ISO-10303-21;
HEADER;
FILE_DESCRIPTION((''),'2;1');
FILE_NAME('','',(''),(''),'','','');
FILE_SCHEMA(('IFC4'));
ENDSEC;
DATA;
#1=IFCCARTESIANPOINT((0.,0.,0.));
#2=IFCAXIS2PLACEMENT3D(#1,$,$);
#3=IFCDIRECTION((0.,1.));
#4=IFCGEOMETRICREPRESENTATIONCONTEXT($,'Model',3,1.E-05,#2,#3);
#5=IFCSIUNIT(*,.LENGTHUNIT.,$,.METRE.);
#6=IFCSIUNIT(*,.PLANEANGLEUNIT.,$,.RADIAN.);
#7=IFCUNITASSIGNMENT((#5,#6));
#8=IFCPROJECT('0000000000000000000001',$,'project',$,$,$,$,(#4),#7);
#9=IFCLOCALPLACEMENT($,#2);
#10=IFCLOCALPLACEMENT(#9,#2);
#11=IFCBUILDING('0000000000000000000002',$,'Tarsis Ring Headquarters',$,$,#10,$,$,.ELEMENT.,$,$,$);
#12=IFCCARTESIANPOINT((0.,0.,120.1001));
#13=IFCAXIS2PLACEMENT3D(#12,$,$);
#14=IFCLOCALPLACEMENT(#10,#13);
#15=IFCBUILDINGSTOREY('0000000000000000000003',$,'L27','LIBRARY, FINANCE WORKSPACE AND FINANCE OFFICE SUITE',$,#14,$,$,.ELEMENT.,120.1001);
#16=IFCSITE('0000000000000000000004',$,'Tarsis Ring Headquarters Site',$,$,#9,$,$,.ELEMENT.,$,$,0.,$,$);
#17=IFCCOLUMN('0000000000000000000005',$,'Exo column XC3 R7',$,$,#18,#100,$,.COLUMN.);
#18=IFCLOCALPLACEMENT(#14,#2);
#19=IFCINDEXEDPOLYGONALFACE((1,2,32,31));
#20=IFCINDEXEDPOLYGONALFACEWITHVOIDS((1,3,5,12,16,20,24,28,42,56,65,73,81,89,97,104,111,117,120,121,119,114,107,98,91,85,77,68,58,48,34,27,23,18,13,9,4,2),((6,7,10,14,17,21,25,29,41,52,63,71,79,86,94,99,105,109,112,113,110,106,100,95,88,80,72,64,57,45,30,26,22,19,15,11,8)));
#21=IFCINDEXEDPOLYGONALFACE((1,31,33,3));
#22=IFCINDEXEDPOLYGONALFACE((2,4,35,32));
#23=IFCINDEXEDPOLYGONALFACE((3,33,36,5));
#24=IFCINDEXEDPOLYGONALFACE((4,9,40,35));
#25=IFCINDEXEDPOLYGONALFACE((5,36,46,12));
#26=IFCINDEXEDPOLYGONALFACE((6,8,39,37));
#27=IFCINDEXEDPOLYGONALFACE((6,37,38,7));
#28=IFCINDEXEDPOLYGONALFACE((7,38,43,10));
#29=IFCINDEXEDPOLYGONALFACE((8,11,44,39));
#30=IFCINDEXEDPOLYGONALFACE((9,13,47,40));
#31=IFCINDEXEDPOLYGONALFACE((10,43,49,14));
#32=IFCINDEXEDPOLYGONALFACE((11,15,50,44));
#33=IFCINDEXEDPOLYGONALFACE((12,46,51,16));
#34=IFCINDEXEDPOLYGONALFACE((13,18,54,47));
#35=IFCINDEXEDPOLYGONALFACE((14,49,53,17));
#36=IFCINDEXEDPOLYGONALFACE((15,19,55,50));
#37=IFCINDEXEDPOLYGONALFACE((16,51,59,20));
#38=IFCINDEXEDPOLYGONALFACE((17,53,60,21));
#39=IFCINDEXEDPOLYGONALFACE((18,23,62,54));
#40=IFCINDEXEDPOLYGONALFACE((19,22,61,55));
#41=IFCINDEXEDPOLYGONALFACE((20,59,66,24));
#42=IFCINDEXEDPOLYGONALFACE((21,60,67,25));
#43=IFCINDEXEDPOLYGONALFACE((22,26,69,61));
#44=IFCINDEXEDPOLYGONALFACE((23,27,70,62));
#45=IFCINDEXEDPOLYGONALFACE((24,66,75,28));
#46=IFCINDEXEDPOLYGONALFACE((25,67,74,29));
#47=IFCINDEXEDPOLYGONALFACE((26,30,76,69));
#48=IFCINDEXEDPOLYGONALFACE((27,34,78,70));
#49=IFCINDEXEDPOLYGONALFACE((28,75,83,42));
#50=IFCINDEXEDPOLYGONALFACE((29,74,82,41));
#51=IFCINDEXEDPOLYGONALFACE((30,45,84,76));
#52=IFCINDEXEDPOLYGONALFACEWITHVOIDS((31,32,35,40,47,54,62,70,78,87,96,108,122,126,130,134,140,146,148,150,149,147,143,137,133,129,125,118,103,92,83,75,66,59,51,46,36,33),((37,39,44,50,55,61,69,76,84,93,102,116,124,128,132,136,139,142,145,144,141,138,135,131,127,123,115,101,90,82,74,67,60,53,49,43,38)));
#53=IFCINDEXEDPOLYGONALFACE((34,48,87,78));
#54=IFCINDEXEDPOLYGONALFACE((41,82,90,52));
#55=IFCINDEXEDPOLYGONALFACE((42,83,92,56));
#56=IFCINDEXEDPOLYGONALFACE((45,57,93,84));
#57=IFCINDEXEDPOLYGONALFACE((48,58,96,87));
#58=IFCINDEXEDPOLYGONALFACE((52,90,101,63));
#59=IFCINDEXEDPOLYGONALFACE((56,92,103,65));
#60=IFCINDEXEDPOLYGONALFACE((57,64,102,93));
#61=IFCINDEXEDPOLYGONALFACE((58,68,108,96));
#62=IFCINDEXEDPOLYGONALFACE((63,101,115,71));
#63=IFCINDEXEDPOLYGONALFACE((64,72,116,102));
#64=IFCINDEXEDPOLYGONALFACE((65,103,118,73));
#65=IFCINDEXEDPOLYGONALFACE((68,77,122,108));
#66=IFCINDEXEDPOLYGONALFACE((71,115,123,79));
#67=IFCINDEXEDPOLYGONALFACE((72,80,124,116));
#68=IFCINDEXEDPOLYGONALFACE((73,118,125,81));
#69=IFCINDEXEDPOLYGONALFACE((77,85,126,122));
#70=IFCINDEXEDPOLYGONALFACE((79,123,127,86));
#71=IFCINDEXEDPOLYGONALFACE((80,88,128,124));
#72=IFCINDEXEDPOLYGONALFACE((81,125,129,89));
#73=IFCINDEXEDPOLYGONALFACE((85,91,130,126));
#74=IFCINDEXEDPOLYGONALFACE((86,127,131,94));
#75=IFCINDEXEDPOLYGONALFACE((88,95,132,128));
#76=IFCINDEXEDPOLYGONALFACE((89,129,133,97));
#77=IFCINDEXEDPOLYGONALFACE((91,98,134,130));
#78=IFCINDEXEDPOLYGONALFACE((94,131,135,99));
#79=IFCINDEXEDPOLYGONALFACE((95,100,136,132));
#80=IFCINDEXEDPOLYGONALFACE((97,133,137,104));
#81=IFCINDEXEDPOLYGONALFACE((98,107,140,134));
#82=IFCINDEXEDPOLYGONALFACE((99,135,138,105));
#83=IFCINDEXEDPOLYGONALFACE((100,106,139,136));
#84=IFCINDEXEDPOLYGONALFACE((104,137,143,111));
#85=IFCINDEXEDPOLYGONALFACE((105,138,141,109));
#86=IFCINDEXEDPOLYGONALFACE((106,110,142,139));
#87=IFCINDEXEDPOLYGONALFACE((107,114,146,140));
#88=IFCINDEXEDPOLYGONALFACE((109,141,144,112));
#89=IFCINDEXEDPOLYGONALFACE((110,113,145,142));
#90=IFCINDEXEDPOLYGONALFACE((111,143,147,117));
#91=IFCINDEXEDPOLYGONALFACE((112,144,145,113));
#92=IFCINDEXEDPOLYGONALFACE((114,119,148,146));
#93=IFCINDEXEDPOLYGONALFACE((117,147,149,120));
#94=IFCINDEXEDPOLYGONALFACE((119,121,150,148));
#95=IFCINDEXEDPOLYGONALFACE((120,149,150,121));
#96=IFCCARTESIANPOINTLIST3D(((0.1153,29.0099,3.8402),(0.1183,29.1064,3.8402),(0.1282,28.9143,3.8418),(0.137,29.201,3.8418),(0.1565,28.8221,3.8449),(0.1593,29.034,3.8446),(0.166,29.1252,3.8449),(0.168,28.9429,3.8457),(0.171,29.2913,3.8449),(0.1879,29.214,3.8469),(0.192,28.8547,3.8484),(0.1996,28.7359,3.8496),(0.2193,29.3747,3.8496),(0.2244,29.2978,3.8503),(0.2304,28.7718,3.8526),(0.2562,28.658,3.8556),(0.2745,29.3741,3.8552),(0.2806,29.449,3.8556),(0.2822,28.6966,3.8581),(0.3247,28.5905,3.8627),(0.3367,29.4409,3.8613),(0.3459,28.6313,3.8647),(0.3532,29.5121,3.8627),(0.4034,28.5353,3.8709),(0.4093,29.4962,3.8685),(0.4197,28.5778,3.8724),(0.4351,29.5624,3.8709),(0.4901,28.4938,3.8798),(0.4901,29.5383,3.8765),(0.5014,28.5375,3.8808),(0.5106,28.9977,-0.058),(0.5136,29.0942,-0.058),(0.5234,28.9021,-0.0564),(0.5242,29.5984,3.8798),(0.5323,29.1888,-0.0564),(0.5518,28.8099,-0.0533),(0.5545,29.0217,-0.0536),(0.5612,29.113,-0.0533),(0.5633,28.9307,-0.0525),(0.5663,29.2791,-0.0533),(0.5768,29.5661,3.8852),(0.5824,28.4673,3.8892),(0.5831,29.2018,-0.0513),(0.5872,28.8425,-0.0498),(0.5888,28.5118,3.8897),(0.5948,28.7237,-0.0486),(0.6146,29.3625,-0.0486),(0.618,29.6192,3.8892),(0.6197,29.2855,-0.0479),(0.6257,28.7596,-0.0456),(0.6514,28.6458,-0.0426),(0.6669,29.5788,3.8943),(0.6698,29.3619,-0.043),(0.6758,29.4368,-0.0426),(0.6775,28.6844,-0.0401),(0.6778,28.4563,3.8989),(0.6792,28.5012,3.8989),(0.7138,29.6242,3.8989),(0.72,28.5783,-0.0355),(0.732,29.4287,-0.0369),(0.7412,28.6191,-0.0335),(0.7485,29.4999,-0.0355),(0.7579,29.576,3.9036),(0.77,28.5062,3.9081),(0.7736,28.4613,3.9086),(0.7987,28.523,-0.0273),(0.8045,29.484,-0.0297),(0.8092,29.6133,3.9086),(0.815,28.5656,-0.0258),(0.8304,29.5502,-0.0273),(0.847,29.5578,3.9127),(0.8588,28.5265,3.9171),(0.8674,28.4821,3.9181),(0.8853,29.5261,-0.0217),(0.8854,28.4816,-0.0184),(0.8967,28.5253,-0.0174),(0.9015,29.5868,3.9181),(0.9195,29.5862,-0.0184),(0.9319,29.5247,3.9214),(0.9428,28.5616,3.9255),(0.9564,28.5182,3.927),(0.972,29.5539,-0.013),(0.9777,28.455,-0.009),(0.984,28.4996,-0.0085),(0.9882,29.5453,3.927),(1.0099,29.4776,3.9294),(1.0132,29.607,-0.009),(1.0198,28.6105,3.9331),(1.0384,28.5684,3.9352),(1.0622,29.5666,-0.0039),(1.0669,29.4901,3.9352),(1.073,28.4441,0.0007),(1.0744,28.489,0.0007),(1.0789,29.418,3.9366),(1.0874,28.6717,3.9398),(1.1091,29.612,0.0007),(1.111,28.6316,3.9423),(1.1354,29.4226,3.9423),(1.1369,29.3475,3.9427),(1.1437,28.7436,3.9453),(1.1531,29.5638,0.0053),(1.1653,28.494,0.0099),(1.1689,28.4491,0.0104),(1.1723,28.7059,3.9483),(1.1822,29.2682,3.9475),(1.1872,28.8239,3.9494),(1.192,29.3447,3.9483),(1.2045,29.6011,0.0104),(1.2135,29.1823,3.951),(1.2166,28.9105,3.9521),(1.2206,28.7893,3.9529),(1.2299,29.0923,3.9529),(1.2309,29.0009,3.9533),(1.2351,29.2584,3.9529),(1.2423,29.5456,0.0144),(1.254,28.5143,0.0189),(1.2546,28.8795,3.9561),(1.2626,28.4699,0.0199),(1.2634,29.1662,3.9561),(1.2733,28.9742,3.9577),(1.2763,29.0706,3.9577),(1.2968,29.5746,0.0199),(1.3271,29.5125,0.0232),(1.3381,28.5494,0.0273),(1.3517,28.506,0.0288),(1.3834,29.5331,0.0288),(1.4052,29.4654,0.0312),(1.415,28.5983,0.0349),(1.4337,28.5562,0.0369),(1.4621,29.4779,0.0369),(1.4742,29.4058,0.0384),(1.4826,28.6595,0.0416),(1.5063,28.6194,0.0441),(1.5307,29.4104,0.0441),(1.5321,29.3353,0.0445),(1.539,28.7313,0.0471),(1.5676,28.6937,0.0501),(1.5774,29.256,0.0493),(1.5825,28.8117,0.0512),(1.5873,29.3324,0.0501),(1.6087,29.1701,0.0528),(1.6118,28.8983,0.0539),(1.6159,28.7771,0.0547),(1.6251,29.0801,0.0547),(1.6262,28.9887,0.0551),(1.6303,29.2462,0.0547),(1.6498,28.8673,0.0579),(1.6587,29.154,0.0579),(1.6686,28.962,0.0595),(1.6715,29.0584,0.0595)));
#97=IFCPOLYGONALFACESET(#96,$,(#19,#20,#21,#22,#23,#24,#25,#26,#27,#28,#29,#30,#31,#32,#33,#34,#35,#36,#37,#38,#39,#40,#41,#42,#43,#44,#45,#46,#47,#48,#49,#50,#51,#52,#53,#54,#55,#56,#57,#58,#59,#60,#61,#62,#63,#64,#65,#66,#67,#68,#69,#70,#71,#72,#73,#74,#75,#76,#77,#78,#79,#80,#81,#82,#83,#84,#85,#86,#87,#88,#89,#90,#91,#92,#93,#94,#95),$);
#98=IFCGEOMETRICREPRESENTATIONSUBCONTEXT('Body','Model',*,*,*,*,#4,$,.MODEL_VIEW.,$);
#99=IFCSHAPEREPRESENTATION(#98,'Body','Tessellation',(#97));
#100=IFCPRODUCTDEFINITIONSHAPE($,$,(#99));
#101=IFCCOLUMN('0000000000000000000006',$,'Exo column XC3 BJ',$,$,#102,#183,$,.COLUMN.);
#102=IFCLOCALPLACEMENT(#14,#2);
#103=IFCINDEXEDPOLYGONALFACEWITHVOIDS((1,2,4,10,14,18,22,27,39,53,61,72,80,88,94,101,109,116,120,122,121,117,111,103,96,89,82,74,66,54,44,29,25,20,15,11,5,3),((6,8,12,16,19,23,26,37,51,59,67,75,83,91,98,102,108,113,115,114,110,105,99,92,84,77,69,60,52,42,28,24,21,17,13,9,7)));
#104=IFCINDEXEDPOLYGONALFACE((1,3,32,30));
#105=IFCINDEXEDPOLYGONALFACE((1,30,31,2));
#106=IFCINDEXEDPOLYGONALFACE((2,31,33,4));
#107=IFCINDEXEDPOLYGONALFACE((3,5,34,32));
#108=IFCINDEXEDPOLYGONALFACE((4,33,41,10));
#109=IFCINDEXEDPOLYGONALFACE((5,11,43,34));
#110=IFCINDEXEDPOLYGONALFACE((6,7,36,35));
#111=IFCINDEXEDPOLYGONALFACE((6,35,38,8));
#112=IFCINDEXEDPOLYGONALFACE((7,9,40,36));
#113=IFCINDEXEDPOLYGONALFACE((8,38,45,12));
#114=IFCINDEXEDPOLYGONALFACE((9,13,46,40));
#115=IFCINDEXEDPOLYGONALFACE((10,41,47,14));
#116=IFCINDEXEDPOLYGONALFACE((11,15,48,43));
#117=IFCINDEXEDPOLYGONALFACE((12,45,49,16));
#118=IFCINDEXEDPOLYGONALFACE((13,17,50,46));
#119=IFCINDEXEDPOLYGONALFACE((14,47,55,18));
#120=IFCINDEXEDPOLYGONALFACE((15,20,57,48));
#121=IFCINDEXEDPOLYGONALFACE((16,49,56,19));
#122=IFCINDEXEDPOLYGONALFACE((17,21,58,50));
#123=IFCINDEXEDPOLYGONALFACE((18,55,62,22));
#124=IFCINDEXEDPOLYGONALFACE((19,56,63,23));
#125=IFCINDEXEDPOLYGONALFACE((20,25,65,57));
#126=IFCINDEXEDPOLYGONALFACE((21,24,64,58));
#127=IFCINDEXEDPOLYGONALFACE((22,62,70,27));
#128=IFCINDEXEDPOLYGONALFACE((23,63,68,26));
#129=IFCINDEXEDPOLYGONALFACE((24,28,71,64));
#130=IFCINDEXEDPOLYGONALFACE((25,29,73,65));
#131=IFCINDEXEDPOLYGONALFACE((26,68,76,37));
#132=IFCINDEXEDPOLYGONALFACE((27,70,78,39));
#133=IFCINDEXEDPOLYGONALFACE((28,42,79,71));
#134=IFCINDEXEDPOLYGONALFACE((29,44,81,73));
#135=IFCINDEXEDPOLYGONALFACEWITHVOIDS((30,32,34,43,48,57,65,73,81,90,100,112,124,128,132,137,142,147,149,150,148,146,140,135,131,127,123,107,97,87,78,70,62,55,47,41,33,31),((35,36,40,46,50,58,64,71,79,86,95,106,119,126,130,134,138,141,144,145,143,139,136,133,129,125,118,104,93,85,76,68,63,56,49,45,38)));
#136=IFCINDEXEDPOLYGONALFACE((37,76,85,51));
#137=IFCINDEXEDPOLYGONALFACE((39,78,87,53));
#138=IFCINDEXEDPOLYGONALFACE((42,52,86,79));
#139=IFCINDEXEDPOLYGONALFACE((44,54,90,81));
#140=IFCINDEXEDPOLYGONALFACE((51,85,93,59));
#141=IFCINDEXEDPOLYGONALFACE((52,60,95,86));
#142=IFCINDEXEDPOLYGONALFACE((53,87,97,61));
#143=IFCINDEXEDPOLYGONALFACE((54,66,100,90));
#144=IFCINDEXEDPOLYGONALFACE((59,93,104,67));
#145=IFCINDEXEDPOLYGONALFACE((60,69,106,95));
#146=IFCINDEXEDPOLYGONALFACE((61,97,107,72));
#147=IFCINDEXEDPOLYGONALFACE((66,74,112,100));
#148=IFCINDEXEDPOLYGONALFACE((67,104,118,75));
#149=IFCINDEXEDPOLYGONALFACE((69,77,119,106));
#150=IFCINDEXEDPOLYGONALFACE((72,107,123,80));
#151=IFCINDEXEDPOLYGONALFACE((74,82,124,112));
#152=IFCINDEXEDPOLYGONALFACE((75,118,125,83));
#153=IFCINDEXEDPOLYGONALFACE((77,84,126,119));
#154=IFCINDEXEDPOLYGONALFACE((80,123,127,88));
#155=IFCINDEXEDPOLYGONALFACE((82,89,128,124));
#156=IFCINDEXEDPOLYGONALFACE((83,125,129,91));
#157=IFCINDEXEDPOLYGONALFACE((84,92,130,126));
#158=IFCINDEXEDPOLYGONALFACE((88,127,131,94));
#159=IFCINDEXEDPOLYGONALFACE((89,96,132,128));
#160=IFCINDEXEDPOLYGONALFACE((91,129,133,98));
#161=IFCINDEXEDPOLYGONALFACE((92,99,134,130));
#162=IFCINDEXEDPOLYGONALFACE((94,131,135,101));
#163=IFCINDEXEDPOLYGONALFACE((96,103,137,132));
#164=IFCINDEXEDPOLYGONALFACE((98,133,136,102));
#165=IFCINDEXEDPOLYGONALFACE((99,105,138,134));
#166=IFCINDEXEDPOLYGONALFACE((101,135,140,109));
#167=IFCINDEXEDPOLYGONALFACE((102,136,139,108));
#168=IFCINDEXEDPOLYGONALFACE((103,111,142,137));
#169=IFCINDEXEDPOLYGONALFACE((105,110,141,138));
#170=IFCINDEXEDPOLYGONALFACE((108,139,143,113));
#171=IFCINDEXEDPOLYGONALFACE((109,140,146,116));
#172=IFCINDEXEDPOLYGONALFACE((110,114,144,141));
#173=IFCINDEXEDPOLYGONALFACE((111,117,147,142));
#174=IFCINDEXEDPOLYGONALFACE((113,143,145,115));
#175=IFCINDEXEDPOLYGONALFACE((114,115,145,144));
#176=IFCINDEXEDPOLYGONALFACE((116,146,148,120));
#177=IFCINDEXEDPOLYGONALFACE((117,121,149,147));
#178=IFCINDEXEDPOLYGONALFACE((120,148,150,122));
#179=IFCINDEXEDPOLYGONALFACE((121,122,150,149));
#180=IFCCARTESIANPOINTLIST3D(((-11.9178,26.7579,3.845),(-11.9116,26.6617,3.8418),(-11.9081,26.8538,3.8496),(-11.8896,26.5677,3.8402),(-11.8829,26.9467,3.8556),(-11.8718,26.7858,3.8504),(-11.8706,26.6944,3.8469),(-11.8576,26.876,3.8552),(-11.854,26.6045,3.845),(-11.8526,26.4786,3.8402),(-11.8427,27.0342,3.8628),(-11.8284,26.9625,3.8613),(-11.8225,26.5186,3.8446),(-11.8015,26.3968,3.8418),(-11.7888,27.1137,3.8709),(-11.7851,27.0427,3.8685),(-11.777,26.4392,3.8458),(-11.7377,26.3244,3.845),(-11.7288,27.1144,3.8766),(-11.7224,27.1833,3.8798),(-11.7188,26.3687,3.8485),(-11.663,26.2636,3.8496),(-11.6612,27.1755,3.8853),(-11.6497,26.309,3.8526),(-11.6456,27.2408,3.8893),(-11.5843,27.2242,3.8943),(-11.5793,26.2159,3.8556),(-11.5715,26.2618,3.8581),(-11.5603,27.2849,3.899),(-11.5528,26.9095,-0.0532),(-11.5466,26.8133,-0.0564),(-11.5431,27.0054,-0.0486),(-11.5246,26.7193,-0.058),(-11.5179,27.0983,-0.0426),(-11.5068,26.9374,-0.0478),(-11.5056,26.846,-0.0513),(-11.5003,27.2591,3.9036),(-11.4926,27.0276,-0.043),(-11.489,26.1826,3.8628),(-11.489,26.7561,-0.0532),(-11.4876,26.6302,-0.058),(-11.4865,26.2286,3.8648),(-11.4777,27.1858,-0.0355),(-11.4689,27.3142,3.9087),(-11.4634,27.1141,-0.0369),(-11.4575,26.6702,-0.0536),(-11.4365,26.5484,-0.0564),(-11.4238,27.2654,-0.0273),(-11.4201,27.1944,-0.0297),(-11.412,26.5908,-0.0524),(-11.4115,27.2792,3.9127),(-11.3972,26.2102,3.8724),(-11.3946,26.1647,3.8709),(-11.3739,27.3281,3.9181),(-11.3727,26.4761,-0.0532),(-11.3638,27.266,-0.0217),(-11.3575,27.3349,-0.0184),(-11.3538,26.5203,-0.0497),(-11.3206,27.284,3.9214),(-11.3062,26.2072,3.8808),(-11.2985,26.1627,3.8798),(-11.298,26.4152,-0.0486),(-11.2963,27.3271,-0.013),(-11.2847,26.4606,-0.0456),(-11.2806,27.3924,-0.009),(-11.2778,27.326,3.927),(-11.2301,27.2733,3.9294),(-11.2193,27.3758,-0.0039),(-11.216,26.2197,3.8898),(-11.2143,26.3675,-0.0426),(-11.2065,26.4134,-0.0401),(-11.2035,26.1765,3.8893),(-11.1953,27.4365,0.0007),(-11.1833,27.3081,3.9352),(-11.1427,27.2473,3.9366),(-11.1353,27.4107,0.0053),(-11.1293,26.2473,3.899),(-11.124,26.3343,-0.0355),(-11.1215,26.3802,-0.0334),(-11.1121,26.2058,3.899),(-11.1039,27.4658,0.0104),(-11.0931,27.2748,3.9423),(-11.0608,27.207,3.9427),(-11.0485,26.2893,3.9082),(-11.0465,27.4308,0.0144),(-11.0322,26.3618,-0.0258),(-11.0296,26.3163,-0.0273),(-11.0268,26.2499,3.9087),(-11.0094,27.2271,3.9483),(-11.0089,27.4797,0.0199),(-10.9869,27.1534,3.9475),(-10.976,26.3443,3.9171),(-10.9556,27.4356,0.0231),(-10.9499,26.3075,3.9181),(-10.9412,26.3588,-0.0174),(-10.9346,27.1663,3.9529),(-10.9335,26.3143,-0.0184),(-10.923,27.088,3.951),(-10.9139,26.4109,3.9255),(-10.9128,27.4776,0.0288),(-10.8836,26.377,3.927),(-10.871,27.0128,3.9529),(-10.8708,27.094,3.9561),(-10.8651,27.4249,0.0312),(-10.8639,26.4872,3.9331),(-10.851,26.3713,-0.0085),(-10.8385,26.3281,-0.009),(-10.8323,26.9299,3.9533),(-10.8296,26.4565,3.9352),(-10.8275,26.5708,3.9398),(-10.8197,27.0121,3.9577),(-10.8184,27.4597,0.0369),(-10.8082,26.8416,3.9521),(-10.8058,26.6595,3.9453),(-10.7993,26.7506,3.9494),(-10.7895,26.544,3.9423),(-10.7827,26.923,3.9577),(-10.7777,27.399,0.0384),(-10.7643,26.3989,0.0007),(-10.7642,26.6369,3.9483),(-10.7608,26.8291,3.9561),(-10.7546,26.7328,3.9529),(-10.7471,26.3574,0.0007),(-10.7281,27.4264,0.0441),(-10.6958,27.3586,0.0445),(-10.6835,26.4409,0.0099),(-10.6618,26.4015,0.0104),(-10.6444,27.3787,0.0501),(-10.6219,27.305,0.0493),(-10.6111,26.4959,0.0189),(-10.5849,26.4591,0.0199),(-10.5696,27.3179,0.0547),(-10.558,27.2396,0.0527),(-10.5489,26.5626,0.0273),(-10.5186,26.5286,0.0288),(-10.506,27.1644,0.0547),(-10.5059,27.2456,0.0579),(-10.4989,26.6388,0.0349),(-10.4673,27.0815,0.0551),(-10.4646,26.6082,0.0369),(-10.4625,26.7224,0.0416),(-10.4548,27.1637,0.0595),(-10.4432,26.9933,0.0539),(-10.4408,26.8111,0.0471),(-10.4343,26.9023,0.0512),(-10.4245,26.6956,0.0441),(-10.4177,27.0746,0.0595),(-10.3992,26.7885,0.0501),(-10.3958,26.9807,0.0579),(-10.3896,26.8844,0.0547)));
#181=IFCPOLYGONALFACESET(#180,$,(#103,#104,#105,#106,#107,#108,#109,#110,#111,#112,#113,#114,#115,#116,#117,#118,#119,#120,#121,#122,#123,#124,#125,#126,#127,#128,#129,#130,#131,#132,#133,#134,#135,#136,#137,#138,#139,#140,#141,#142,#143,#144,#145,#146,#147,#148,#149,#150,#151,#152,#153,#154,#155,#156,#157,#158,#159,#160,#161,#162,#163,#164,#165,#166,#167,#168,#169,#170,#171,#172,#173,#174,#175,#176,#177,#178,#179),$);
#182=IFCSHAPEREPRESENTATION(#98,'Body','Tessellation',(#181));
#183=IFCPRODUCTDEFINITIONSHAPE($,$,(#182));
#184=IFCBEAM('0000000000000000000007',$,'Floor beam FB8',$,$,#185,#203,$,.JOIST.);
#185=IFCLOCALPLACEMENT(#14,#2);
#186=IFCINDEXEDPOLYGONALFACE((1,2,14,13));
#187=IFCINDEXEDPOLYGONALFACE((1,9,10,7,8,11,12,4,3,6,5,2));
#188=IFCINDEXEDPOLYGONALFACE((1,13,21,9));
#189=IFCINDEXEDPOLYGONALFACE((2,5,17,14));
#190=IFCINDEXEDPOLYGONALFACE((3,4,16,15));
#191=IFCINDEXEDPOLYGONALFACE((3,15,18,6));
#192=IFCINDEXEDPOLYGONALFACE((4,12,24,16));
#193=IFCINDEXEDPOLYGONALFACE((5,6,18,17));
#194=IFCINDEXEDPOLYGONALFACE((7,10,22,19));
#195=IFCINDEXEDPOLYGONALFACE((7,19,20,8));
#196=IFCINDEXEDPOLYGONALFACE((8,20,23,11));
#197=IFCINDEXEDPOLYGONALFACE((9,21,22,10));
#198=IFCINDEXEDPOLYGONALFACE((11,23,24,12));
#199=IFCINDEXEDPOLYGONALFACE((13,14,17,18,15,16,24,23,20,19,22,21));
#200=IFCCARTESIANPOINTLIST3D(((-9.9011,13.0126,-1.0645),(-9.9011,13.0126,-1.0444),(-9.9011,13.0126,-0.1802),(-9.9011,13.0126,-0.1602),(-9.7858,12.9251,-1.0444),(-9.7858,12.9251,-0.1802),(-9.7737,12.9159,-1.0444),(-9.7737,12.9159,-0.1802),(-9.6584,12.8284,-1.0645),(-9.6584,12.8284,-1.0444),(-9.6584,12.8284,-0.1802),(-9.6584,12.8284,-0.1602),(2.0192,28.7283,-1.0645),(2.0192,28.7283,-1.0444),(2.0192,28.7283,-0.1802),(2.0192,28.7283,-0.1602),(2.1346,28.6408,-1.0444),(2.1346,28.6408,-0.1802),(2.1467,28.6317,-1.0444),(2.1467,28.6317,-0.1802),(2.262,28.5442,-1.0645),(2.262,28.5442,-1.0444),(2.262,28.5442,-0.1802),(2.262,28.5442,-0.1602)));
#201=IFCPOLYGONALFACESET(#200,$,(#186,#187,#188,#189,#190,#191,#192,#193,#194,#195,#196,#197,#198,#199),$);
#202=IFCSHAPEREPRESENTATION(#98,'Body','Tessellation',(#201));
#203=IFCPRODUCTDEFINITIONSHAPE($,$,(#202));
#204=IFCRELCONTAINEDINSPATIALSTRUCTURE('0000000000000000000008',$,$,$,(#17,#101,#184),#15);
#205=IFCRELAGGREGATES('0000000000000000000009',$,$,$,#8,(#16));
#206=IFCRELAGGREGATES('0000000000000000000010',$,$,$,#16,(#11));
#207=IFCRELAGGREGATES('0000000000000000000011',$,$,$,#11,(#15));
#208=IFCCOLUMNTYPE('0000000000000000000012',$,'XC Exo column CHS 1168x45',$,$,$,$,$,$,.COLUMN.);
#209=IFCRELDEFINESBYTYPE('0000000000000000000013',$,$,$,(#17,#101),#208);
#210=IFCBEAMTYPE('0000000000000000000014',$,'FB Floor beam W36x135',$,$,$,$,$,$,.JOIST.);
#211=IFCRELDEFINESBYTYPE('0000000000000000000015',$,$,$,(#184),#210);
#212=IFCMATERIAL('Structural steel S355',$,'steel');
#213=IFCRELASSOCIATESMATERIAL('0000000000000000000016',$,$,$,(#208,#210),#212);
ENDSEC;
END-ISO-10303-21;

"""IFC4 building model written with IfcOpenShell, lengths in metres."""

from ifc_helpers import new_model, si_unit, direction, frame, origin, origin_2d, place, context, subcontext, project, spatial, hollow_circle, i_section, extrude, material, material_profile, profile_set, type_object, element, save


model = new_model("IFC4")

# Units and contexts
model_context = context("Model", 3, precision=1e-05, world=origin(), true_north=direction((0.0, 1.0)))
body_context = subcontext(model_context, "Body", "Model", "MODEL_VIEW")
ifc_project = project(units=[si_unit("LENGTHUNIT", "METRE"), si_unit("PLANEANGLEUNIT", "RADIAN")], contexts=[model_context])

# Site, building, storey
site_placement = place(None, origin())
site = spatial("IfcSite", under=ifc_project, at=site_placement, Name="Tarsis Ring Headquarters Site", CompositionType="ELEMENT", RefElevation=0.0)
building_placement = place(site_placement, origin())
building = spatial("IfcBuilding", under=site, at=building_placement, Name="Tarsis Ring Headquarters", CompositionType="ELEMENT")
storey_placement = place(building_placement, frame((0.0, 0.0, 120.1001)))
storey = spatial("IfcBuildingStorey", under=building, at=storey_placement, Name="L27", Description="LIBRARY, FINANCE WORKSPACE AND FINANCE OFFICE SUITE", CompositionType="ELEMENT", Elevation=120.1001)

# Columns
ifc_material_1 = material(Name="Structural steel S355", Category="steel")
ifc_material_profile_1 = material_profile(ifc_material_1, hollow_circle(Radius=0.5842, WallThickness=0.0449, at=origin_2d()), Name="CHS 1168x45")
ifc_profile_set_1 = profile_set([ifc_material_profile_1], Name="Structural steel S355")
column_type = type_object("IfcColumnType", Name="XC Exo column CHS 1168x45", PredefinedType="COLUMN", material=ifc_profile_set_1)
for number, where, z_axis, x_axis, name in (
    (1, (1.0911, 29.0281, 0.0007), (-0.100879, 0.003115, 0.994894), (-0.030869, -0.999523, 0.0), "Exo column XC3 R7"),
    (2, (-10.9712, 26.897, 0.0007), (-0.093153, -0.038694, 0.9949), (0.383606, -0.923497, 0.0), "Exo column XC3 BJ"),
):
    element("IfcColumn", number, at=place(storey_placement, frame(where, z_axis=z_axis, x_axis=x_axis)), inside=storey, type_object=column_type, Name=name, PredefinedType="COLUMN", context=body_context, shape_type="SweptSolid", body=[
        extrude(hollow_circle(Radius=0.5842, WallThickness=0.0449, at=origin_2d()), origin(), (0.0, 0.0, 1.0), 3.9182),
    ])

# Beam
ifc_material_profile_2 = material_profile(ifc_material_1, i_section(OverallWidth=0.3047, OverallDepth=0.9043, WebThickness=0.0151, FlangeThickness=0.02, at=origin_2d()), Name="W36x135")
ifc_profile_set_2 = profile_set([ifc_material_profile_2], Name="Structural steel S355")
beam_type_1 = type_object("IfcBeamType", Name="FB Floor beam W36x135", PredefinedType="JOIST", material=ifc_profile_set_2)
beam_1_placement = place(storey_placement, frame((2.1406, 28.6362, -0.6123), z_axis=(-0.604324, -0.796739, 0.0), x_axis=(0.796739, -0.604324, 0.0)))
element("IfcBeam", 3, at=beam_1_placement, inside=storey, type_object=beam_type_1, Name="Floor beam FB8", PredefinedType="JOIST", context=body_context, shape_type="SweptSolid", body=[
    extrude(i_section(OverallWidth=0.3047, OverallDepth=0.9043, WebThickness=0.0151, FlangeThickness=0.02, at=origin_2d()), origin(), (0.0, 0.0, 1.0), 19.7251),
])

save(model, "model.ifc")
